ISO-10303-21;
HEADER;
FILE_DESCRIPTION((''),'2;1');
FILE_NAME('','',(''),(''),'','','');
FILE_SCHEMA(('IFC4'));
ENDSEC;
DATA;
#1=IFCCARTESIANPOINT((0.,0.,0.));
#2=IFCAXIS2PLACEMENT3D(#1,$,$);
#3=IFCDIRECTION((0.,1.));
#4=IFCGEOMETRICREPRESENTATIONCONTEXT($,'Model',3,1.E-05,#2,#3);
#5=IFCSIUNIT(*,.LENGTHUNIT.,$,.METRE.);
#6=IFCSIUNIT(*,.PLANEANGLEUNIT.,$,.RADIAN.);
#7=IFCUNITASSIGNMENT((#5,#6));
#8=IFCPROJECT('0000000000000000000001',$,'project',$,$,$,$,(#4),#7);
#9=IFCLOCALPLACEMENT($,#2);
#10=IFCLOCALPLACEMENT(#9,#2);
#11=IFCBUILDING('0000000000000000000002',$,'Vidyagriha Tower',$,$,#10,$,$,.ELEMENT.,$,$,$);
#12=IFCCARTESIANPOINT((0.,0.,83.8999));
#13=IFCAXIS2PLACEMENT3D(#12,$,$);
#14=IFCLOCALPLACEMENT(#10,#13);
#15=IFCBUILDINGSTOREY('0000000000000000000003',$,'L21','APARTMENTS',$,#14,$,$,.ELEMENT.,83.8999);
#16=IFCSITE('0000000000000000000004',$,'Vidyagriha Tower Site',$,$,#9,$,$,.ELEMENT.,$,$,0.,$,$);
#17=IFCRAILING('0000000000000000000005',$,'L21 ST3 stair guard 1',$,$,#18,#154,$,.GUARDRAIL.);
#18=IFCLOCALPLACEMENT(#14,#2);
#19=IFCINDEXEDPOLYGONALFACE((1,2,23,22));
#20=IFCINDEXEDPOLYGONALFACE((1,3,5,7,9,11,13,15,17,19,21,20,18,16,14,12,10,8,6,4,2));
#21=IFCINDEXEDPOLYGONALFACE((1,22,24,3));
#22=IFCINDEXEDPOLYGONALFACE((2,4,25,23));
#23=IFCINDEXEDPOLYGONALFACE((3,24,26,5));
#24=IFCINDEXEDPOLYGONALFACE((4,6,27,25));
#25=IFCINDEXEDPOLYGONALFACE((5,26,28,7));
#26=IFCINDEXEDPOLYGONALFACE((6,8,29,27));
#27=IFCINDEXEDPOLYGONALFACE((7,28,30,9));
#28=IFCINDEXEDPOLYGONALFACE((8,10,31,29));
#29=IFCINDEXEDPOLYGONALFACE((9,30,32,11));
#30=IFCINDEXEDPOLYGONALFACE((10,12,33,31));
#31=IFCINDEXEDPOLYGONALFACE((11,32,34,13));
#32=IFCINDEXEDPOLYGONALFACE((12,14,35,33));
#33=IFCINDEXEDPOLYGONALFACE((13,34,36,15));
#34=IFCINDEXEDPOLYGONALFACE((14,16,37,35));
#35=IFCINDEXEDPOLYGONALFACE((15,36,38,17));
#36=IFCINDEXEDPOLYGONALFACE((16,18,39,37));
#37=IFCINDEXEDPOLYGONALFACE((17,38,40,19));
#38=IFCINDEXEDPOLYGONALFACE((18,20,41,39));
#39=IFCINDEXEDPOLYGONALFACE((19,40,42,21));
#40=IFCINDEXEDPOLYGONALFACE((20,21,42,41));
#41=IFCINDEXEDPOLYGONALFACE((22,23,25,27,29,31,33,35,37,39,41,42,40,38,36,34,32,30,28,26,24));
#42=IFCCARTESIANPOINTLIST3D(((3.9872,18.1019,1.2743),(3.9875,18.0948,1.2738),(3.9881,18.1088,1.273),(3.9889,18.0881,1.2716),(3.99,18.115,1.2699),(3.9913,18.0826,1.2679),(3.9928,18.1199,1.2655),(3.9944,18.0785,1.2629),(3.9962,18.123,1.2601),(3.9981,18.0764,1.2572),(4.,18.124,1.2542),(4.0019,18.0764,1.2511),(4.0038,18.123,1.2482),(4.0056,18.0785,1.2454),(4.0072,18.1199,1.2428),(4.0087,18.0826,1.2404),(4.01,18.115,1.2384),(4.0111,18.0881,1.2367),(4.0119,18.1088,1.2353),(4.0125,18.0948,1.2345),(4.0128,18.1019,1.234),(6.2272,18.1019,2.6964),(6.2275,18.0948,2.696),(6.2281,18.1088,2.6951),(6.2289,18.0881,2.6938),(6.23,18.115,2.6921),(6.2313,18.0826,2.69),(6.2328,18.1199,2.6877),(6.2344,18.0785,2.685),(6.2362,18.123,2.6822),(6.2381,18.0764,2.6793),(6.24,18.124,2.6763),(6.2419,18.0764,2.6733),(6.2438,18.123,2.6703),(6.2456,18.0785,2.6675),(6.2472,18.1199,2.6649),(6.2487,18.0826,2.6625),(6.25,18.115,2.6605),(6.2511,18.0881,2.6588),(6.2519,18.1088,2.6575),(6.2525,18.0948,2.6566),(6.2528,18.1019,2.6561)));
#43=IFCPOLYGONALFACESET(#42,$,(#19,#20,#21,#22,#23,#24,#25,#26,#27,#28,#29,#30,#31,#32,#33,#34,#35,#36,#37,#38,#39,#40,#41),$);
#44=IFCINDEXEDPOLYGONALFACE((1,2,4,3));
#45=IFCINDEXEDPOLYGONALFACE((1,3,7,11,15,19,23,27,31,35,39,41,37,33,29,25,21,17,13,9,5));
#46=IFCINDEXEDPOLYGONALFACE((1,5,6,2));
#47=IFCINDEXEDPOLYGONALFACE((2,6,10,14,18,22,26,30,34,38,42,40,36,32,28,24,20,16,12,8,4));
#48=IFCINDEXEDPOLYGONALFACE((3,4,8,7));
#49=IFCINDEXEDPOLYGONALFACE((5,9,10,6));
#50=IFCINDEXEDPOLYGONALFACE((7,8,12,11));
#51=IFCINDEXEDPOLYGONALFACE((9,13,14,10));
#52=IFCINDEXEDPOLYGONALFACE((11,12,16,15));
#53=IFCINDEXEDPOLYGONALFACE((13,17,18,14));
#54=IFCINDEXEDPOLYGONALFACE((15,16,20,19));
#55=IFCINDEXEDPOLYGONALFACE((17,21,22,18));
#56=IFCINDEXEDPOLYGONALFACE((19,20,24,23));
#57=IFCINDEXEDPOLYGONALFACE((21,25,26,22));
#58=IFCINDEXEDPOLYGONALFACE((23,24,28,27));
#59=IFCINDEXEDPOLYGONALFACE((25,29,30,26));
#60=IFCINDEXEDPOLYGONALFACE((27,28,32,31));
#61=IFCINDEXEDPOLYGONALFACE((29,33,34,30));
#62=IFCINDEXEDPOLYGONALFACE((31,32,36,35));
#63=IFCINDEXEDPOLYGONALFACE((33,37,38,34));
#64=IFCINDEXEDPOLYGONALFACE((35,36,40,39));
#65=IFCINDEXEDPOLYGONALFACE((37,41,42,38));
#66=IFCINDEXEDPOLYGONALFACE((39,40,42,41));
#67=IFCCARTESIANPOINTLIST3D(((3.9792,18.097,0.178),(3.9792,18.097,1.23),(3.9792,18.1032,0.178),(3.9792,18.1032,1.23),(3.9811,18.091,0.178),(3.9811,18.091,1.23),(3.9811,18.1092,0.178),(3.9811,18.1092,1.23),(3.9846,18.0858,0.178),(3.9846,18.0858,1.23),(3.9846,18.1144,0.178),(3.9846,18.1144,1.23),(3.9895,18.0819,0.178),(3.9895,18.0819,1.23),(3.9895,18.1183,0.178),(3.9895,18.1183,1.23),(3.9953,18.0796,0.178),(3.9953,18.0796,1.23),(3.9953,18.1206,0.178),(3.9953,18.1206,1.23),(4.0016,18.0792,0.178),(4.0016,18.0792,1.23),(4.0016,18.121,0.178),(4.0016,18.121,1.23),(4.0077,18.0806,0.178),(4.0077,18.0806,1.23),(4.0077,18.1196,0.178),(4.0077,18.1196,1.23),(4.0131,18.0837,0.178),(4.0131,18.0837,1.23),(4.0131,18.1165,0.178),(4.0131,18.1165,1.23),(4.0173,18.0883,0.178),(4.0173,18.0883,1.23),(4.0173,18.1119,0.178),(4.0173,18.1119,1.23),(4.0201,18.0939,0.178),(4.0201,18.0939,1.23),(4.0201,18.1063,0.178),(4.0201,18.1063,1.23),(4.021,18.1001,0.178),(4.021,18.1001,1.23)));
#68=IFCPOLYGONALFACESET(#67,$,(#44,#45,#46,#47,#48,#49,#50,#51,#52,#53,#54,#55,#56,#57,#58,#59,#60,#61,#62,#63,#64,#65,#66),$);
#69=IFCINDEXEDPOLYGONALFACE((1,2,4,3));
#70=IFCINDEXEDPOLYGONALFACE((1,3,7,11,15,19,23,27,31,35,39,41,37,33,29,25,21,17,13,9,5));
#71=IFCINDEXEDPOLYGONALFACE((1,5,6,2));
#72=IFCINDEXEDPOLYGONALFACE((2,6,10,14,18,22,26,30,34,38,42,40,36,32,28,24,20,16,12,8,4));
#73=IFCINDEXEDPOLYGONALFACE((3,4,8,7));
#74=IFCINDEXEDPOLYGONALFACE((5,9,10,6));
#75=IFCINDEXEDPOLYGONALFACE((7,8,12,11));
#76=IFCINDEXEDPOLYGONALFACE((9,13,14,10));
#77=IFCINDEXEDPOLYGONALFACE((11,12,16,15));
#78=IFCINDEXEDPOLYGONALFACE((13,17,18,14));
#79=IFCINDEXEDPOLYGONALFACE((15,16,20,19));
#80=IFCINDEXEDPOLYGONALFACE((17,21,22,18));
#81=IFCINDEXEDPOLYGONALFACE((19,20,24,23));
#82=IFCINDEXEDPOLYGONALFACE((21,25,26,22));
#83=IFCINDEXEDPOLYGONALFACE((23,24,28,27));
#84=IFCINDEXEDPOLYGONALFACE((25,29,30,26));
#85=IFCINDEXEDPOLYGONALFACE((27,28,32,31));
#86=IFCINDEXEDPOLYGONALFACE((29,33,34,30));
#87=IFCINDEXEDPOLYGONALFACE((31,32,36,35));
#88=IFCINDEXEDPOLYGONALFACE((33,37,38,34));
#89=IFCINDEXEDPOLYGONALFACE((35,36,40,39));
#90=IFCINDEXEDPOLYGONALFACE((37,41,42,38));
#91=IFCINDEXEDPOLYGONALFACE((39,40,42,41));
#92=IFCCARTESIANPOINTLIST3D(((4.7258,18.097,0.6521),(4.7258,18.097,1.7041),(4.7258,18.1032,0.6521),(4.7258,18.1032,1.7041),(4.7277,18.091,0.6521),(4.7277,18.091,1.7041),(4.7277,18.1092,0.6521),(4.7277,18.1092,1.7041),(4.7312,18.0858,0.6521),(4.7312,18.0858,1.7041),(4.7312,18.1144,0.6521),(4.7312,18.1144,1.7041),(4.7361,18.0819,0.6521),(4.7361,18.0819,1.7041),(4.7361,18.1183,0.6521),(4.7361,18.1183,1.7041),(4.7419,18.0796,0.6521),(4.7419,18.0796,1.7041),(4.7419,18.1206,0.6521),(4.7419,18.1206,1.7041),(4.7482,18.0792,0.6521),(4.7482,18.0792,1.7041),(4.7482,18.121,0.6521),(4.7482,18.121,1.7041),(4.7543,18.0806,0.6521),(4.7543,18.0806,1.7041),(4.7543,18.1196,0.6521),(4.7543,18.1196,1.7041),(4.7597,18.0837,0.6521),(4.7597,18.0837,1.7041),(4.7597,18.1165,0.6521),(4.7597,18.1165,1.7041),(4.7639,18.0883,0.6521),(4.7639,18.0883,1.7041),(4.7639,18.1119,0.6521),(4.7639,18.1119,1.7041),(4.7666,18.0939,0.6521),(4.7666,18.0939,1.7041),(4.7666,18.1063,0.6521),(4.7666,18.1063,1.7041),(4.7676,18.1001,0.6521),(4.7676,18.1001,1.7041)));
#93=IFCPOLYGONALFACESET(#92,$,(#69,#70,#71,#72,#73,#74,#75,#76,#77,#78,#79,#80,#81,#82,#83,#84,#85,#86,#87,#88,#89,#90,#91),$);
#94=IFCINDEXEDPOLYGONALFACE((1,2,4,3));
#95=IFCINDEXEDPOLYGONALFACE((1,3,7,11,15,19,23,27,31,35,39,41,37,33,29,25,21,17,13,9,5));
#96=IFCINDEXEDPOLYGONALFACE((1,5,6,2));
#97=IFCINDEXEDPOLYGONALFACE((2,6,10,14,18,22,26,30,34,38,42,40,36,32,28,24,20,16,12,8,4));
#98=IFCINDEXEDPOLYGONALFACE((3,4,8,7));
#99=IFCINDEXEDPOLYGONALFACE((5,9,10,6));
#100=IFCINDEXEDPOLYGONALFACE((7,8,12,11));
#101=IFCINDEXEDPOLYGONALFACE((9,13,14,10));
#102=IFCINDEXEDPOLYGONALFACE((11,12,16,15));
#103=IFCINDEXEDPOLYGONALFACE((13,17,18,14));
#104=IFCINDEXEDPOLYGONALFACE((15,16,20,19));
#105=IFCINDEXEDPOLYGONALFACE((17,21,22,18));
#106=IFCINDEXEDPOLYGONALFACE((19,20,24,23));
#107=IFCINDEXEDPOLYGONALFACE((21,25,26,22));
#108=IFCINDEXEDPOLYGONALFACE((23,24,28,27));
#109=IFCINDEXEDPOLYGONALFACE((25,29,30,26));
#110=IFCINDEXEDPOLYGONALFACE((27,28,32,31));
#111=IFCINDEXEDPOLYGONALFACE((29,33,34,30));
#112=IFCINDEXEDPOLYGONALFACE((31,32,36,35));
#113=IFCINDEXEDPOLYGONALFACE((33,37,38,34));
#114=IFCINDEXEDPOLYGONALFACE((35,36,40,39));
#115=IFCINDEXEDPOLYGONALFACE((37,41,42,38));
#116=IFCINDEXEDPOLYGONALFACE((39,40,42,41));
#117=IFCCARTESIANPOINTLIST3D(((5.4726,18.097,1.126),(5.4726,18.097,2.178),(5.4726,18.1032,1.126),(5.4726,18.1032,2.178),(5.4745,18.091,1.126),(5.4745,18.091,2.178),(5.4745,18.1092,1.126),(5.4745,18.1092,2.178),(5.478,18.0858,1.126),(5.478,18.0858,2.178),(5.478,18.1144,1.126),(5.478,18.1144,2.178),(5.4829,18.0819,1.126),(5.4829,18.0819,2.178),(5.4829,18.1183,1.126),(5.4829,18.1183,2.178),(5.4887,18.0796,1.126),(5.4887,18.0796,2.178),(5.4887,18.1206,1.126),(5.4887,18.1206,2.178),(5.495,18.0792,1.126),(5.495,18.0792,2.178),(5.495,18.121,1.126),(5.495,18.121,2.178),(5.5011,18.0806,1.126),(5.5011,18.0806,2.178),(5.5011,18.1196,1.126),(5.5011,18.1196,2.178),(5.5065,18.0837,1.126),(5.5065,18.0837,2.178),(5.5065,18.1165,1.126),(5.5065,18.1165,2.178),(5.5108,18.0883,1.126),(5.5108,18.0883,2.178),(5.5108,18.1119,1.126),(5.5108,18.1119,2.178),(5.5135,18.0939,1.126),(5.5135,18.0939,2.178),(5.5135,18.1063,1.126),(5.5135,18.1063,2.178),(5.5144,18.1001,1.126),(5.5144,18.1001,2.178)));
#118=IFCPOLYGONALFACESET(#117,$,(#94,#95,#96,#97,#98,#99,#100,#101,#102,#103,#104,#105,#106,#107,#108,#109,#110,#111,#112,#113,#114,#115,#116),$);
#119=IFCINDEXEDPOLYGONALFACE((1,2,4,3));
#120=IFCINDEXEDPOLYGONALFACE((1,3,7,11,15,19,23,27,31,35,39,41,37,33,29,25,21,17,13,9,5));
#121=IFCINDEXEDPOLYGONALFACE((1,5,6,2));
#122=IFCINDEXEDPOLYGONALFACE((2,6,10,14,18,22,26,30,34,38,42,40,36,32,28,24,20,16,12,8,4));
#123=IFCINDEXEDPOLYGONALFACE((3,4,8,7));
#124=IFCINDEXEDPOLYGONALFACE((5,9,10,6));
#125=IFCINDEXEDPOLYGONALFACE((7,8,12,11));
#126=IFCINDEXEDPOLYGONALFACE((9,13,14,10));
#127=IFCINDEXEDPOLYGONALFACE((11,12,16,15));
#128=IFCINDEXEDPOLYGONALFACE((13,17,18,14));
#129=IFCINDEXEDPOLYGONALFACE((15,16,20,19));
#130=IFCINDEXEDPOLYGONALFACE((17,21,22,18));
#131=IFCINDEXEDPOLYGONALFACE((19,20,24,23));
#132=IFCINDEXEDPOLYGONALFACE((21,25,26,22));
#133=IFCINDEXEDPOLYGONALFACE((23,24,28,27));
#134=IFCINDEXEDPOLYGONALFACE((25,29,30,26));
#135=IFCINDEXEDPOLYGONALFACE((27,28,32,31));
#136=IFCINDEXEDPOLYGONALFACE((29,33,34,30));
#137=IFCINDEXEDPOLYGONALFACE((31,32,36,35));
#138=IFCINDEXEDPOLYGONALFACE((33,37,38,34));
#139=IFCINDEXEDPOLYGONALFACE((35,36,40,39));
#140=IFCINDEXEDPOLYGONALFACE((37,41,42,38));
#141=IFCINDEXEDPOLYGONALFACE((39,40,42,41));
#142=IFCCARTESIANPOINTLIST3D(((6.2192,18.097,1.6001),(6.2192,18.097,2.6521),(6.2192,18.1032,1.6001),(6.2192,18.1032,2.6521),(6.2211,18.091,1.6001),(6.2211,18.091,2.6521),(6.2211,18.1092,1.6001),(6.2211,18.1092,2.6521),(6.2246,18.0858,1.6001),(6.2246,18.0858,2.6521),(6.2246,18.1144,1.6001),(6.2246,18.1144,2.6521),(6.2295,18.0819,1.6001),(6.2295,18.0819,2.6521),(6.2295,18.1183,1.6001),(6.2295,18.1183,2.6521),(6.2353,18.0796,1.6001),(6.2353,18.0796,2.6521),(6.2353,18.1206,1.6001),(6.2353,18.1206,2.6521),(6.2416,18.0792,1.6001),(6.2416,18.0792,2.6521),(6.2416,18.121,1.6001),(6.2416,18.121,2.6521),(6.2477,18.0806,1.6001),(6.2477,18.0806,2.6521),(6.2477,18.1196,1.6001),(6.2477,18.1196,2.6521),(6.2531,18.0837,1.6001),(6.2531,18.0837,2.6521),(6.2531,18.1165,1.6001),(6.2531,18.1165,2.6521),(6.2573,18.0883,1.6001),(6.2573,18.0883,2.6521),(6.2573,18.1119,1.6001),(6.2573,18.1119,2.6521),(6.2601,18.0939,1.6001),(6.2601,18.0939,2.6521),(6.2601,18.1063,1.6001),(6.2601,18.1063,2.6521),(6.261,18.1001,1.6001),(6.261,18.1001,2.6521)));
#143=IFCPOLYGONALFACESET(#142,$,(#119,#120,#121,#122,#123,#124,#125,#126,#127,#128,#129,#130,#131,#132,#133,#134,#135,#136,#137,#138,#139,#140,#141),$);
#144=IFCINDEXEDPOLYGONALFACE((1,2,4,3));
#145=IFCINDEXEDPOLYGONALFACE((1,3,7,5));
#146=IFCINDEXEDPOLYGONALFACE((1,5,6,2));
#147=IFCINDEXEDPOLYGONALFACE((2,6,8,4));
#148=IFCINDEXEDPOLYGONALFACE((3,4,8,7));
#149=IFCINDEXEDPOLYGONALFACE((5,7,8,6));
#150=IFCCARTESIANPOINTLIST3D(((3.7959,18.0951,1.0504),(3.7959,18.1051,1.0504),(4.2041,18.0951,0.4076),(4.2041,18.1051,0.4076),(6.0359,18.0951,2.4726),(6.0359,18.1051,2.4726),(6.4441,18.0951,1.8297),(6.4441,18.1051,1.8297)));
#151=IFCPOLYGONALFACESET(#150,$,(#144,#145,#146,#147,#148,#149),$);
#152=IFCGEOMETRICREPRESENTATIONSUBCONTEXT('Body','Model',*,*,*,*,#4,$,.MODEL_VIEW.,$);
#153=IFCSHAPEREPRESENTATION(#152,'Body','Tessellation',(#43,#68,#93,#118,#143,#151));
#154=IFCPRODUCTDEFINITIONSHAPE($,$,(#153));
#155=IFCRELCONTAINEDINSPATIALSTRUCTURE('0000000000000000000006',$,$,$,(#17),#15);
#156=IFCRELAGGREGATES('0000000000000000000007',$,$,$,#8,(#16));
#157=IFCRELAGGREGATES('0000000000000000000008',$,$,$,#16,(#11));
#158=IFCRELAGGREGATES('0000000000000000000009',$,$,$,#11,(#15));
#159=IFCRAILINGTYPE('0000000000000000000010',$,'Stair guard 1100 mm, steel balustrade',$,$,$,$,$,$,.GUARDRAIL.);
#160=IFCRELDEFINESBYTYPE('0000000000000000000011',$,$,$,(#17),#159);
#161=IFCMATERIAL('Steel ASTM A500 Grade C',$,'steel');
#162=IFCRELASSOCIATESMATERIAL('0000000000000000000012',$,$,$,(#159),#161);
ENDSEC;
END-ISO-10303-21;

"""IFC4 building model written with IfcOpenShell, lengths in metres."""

from ifc_helpers import new_model, si_unit, direction, frame, origin, origin_2d, place, context, subcontext, project, spatial, rectangle, circle, extrude, material, type_object, element, save


model = new_model("IFC4")

# Units and contexts
model_context = context("Model", 3, precision=1e-05, world=origin(), true_north=direction((0.0, 1.0)))
body_context = subcontext(model_context, "Body", "Model", "MODEL_VIEW")
ifc_project = project(units=[si_unit("LENGTHUNIT", "METRE"), si_unit("PLANEANGLEUNIT", "RADIAN")], contexts=[model_context])

# Site, building, storey
site_placement = place(None, origin())
site = spatial("IfcSite", under=ifc_project, at=site_placement, Name="Vidyagriha Tower Site", CompositionType="ELEMENT", RefElevation=0.0)
building_placement = place(site_placement, origin())
building = spatial("IfcBuilding", under=site, at=building_placement, Name="Vidyagriha Tower", CompositionType="ELEMENT")
storey_placement = place(building_placement, frame((0.0, 0.0, 83.8999)))
storey = spatial("IfcBuildingStorey", under=building, at=storey_placement, Name="L21", Description="APARTMENTS", CompositionType="ELEMENT", Elevation=83.8999)

# Railing
ifc_material_1 = material(Name="Steel ASTM A500 Grade C", Category="steel")
railing_type_1 = type_object("IfcRailingType", Name="Stair guard 1100 mm, steel balustrade", PredefinedType="GUARDRAIL", material=ifc_material_1)
railing_1_placement = place(storey_placement, frame((4.0, 18.1001, 0.178)))
element("IfcRailing", 1, at=railing_1_placement, inside=storey, type_object=railing_type_1, Name="L21 ST3 stair guard 1", PredefinedType="GUARDRAIL", context=body_context, shape_type="SweptSolid", body=[
    extrude(circle(Radius=0.0239, at=origin_2d()), frame((0.0, 0.0, 1.0762), z_axis=(0.844229, 0.0, 0.535982), x_axis=(0.0, 1.0, 0.0)), (0.0, 0.0, 1.0), 2.6533),
    extrude(circle(Radius=0.021, at=origin_2d()), origin(), (0.0, 0.0, 1.0), 1.052),
    extrude(circle(Radius=0.021, at=origin_2d()), frame((0.7466, 0.0, 0.4741)), (0.0, 0.0, 1.0), 1.052),
    extrude(circle(Radius=0.021, at=origin_2d()), frame((1.4934, 0.0, 0.948)), (0.0, 0.0, 1.0), 1.052),
    extrude(circle(Radius=0.021, at=origin_2d()), frame((2.24, 0.0, 1.4221)), (0.0, 0.0, 1.0), 1.052),
    extrude(rectangle(XDim=0.01, YDim=0.7615, at=origin_2d()), frame((0.0, 0.0, 0.551), z_axis=(0.844229, 0.0, 0.535982), x_axis=(0.0, 1.0, 0.0)), (0.0, 0.0, 1.0), 2.6533),
])

save(model, "model.ifc")
